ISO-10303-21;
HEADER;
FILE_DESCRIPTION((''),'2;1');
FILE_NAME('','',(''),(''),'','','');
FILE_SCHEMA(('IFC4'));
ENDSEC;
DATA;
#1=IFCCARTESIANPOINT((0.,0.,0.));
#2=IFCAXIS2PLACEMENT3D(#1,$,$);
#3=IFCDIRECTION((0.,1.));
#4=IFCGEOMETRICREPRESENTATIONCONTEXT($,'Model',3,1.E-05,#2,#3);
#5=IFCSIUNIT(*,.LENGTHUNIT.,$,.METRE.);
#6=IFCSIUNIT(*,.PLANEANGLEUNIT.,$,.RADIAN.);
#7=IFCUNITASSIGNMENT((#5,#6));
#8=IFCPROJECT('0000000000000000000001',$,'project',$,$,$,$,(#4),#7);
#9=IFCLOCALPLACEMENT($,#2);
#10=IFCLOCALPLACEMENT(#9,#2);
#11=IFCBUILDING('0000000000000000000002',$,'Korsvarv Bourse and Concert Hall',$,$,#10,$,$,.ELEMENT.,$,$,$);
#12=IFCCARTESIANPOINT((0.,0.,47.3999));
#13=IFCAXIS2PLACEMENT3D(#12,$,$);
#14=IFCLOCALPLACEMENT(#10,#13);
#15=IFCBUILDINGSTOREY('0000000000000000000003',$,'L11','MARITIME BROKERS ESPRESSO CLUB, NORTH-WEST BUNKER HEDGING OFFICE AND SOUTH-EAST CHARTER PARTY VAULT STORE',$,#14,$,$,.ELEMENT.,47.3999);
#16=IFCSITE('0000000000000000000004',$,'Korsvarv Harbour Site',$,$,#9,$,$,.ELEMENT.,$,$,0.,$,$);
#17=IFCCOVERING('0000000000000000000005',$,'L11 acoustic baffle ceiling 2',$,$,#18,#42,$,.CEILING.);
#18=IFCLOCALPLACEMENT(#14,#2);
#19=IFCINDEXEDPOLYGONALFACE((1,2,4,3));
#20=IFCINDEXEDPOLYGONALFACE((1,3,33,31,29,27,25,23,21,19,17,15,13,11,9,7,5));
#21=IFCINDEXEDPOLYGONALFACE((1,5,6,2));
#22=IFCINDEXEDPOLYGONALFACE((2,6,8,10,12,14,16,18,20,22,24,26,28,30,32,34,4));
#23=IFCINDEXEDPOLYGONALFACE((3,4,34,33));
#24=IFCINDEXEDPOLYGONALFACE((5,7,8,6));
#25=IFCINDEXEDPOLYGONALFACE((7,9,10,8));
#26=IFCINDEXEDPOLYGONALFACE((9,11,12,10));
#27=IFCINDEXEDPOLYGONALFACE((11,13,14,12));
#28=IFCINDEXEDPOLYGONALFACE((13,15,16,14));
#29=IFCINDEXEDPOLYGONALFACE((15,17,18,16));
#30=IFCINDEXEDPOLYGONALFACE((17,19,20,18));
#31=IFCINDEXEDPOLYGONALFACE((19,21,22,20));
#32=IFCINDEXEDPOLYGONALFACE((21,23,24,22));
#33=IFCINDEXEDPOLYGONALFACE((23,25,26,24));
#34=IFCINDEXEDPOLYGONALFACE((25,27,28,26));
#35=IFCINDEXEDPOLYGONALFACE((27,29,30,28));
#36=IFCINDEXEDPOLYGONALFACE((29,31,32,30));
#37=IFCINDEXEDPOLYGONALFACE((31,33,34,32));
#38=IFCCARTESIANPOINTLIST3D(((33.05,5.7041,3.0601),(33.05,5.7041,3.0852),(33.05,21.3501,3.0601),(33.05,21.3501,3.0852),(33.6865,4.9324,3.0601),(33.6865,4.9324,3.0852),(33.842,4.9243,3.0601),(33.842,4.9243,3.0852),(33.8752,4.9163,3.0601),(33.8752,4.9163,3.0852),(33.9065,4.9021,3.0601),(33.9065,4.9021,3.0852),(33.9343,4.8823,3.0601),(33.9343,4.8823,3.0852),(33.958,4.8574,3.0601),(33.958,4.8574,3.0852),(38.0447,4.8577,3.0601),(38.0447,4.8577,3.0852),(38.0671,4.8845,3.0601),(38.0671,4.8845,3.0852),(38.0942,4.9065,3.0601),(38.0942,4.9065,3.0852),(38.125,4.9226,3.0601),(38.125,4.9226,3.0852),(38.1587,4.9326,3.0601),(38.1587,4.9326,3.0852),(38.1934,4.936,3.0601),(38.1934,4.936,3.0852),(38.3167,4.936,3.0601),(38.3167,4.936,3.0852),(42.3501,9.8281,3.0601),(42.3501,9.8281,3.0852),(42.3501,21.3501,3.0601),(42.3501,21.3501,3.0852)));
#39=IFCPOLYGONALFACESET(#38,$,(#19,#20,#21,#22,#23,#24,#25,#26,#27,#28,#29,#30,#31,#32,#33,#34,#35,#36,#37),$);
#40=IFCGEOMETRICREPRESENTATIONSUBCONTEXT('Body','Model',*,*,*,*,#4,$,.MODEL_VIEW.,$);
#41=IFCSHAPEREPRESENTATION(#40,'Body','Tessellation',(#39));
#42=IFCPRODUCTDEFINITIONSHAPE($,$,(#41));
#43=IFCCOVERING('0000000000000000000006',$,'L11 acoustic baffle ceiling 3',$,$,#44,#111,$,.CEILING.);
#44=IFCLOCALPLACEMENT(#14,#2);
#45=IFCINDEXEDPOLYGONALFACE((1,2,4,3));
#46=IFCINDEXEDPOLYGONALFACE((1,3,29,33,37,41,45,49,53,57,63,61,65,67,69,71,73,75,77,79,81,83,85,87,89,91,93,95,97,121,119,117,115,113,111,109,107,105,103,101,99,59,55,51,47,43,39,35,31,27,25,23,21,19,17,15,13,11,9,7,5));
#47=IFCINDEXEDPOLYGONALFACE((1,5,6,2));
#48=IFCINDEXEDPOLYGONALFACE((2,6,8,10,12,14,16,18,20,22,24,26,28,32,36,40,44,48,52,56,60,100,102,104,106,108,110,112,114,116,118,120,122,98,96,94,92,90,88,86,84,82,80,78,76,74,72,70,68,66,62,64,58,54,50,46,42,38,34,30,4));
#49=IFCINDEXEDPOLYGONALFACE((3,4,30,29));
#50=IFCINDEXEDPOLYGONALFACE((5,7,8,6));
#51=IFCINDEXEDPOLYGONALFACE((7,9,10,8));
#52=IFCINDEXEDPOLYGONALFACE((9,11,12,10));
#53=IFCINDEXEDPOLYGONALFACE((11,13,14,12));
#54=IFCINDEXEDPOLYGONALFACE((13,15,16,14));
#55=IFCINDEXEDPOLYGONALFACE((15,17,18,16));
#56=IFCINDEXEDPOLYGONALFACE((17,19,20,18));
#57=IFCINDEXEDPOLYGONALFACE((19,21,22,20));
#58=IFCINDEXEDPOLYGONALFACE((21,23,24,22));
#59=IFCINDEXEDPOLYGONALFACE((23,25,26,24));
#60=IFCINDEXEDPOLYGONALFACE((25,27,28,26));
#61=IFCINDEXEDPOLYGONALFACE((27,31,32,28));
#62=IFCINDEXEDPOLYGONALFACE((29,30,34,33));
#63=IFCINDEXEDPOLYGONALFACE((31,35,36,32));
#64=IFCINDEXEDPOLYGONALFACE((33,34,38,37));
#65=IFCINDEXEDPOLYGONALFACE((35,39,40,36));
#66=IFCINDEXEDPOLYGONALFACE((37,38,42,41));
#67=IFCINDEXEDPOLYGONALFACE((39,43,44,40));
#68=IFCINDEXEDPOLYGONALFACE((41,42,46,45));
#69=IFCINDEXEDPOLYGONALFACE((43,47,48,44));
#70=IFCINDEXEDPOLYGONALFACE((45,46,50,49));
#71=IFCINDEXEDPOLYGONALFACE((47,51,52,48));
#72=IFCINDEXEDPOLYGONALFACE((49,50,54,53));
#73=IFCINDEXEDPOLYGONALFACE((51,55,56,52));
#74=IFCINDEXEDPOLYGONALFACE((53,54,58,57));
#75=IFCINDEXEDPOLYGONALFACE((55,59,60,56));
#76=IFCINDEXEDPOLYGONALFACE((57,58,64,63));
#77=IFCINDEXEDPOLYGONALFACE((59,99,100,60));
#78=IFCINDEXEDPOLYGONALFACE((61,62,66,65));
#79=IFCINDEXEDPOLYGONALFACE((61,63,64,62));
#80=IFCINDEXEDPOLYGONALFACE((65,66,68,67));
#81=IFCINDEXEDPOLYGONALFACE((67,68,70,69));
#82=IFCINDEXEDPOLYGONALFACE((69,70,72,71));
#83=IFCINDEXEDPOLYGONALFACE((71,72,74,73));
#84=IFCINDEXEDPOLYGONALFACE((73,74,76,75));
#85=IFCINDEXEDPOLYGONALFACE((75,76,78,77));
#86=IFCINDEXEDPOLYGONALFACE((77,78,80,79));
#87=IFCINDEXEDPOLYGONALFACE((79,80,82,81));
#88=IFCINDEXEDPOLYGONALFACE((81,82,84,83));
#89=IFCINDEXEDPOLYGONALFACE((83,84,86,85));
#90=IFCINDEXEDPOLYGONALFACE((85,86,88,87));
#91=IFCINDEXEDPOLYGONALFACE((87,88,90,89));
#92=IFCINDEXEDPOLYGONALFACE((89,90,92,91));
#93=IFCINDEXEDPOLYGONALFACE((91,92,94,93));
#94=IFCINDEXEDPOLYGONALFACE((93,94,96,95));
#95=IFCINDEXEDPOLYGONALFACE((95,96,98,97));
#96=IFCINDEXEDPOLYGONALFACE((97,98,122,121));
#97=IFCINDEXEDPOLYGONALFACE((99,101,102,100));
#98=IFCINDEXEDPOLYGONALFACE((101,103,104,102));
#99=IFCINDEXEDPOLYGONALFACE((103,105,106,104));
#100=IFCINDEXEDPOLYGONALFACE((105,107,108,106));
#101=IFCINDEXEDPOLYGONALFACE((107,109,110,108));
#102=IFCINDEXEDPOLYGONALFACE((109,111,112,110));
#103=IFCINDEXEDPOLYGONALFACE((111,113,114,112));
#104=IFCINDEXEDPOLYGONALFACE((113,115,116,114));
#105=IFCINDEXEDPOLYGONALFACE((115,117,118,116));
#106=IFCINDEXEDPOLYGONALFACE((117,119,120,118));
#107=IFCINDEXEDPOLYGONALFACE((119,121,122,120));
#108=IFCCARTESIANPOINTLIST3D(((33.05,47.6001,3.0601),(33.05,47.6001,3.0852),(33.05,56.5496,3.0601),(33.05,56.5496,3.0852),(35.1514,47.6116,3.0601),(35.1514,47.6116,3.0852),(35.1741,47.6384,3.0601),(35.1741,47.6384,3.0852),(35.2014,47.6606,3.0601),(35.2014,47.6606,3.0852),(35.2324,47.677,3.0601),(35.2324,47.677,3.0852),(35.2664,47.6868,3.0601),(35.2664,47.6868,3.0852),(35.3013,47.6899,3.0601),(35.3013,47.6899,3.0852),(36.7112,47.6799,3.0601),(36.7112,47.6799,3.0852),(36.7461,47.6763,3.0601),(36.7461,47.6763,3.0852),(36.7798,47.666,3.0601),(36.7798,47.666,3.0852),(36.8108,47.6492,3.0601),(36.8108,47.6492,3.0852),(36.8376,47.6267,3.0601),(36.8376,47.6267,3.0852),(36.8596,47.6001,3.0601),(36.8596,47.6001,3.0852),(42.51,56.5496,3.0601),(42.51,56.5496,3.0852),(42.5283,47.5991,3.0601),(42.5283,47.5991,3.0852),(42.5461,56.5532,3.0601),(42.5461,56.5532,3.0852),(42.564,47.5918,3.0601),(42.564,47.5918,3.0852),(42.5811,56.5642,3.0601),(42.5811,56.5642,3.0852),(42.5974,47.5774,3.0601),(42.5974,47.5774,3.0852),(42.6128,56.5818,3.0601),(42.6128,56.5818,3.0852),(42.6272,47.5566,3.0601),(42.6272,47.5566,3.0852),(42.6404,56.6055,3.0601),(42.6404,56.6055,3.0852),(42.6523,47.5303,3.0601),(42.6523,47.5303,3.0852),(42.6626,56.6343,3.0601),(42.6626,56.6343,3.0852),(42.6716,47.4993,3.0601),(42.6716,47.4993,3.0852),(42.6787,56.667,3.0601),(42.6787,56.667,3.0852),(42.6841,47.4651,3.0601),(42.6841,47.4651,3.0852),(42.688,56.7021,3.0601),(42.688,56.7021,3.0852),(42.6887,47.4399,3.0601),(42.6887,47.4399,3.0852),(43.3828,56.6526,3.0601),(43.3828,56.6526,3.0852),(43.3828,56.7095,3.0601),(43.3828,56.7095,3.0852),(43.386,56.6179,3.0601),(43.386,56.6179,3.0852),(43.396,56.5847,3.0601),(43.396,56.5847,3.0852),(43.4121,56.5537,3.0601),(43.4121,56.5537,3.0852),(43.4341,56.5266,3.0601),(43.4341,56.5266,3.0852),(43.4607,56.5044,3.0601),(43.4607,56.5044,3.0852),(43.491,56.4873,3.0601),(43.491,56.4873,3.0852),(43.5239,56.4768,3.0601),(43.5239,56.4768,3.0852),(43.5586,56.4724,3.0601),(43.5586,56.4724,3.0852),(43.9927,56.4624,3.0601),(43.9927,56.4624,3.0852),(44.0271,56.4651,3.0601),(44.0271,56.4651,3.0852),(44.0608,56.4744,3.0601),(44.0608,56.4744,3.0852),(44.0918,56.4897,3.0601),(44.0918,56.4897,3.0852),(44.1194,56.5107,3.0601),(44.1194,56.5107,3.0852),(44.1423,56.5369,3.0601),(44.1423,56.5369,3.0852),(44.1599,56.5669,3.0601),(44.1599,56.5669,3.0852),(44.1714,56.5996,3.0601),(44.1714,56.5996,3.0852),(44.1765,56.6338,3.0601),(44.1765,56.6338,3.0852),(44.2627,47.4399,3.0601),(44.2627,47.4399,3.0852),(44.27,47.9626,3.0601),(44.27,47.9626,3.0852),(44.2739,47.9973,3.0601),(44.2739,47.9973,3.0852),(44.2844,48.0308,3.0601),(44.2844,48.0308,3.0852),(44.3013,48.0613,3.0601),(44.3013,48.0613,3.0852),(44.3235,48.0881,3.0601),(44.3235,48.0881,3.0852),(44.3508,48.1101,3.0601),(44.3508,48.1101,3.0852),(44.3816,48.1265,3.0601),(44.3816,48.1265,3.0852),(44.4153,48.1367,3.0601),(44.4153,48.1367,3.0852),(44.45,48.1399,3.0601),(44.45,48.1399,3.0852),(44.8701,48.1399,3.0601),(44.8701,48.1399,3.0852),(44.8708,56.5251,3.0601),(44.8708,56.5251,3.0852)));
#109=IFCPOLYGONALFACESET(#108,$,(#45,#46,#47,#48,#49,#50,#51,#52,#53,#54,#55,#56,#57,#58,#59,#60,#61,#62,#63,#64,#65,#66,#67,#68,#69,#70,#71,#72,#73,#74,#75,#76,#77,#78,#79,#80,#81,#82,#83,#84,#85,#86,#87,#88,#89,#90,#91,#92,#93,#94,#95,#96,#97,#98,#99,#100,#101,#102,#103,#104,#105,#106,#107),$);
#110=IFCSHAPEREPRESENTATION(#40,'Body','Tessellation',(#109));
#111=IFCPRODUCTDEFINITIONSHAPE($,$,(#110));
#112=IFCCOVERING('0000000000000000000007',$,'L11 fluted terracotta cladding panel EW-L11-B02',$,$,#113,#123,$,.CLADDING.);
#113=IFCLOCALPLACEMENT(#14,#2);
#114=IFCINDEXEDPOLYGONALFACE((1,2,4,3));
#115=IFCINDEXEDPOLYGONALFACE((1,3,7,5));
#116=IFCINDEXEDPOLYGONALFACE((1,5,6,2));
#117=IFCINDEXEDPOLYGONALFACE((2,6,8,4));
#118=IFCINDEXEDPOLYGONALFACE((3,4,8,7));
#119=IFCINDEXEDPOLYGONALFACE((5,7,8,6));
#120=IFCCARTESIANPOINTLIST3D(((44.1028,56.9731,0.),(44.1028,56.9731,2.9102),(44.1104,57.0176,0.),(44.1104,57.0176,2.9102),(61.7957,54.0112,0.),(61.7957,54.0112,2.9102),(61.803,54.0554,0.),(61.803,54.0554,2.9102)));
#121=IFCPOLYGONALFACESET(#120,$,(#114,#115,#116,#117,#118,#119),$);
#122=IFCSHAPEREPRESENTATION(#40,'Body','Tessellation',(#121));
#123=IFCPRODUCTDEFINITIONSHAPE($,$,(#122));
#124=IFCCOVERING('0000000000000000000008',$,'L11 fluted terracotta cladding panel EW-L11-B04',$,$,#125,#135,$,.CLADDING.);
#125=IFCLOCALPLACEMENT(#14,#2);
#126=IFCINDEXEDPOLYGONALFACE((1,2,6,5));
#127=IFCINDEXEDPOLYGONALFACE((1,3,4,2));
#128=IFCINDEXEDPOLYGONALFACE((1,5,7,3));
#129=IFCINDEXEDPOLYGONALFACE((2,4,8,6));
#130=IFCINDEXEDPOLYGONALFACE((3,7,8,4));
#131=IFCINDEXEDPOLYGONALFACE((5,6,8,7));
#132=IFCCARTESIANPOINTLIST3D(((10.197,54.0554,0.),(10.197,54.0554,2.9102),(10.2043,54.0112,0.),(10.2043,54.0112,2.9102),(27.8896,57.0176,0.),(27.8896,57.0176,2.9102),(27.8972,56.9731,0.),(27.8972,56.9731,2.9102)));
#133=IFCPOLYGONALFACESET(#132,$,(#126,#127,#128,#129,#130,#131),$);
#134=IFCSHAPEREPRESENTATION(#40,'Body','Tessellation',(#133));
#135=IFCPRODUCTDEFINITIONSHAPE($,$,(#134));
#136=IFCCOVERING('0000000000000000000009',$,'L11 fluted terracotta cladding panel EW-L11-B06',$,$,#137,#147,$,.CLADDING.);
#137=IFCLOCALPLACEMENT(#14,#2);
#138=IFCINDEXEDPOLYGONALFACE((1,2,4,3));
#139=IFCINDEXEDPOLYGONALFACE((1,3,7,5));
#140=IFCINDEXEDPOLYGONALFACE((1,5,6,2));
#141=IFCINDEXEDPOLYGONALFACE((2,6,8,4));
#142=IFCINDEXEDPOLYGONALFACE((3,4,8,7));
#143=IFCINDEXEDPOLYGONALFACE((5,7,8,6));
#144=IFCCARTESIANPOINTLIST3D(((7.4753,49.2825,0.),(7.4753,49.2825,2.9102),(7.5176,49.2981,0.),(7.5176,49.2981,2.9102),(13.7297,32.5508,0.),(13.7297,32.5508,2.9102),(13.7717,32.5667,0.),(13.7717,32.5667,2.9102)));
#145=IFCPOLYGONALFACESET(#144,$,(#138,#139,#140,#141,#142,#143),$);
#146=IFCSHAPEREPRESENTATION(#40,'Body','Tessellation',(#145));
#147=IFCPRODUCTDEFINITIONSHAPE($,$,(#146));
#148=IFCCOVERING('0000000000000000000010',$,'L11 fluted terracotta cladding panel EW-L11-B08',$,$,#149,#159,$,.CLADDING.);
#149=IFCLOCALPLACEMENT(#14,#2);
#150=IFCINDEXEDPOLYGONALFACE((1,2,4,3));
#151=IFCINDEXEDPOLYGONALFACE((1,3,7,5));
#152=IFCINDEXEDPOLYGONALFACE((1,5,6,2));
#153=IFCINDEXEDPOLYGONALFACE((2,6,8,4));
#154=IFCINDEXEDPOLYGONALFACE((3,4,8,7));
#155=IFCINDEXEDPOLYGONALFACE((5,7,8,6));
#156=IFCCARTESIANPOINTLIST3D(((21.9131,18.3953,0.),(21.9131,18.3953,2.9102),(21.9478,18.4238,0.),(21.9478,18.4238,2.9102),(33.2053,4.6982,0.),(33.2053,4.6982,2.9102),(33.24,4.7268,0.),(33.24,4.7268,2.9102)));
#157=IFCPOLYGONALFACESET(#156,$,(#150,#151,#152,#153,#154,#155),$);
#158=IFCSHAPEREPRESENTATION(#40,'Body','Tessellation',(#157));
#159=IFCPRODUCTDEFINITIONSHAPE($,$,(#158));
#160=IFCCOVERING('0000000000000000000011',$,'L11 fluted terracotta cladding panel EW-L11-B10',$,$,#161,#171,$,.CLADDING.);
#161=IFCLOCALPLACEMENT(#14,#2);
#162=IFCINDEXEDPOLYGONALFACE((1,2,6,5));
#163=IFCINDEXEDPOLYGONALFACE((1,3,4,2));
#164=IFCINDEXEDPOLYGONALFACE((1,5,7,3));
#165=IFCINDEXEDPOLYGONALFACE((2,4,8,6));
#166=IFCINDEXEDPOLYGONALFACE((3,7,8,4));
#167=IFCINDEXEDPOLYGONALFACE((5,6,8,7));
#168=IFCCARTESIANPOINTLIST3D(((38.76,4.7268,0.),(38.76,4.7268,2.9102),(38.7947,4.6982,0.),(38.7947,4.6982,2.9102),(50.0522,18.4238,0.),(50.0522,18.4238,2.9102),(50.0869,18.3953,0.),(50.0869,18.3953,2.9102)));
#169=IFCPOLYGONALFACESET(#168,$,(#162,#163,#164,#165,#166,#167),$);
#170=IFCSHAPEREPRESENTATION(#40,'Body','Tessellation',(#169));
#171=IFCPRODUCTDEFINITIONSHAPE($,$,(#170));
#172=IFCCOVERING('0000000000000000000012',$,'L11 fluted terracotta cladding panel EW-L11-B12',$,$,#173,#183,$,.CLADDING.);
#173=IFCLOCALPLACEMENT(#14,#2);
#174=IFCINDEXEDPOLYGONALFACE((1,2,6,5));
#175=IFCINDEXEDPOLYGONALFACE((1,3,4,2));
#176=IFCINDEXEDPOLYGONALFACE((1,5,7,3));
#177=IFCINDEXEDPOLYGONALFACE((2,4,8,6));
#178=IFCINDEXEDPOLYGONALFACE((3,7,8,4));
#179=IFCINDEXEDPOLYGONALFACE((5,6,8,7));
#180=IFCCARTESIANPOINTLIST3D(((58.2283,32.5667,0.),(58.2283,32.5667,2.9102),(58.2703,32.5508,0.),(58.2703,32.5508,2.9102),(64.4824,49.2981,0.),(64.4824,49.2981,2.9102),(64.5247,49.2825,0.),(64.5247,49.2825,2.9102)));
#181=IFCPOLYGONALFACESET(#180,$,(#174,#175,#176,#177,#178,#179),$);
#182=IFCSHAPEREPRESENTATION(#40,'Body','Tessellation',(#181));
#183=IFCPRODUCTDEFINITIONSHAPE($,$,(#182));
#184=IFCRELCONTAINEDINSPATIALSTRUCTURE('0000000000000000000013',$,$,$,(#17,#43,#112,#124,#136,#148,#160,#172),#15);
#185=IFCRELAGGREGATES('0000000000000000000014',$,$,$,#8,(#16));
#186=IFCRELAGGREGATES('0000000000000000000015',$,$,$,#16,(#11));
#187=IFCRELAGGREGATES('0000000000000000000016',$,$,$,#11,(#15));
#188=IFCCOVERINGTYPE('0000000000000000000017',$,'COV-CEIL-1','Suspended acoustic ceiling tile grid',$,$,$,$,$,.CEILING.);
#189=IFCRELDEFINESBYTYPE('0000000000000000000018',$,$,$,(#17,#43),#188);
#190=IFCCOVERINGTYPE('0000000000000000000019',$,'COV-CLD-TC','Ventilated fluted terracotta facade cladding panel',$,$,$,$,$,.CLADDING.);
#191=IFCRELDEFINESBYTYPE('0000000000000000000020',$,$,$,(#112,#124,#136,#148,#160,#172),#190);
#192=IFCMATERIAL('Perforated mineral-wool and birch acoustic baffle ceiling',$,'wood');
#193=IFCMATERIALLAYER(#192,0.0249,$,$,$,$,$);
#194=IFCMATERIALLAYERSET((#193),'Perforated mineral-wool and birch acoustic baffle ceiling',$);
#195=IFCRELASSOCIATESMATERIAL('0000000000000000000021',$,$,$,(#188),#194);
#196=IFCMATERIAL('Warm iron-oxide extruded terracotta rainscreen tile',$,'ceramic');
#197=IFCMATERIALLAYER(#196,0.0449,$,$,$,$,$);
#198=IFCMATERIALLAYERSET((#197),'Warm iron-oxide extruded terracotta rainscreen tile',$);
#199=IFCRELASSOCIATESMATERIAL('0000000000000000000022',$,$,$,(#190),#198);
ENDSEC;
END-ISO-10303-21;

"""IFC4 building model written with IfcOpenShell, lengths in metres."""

from ifc_helpers import new_model, si_unit, direction, frame, origin, place, context, subcontext, project, spatial, polyline, outline, extrude, material, layer, layer_set, type_object, element, save


model = new_model("IFC4")

# Units and contexts
model_context = context("Model", 3, precision=1e-05, world=origin(), true_north=direction((0.0, 1.0)))
body_context = subcontext(model_context, "Body", "Model", "MODEL_VIEW")
ifc_project = project(units=[si_unit("LENGTHUNIT", "METRE"), si_unit("PLANEANGLEUNIT", "RADIAN")], contexts=[model_context])

# Site, building, storey
site_placement = place(None, origin())
site = spatial("IfcSite", under=ifc_project, at=site_placement, Name="Korsvarv Harbour Site", CompositionType="ELEMENT", RefElevation=0.0)
building_placement = place(site_placement, origin())
building = spatial("IfcBuilding", under=site, at=building_placement, Name="Korsvarv Bourse and Concert Hall", CompositionType="ELEMENT")
storey_placement = place(building_placement, frame((0.0, 0.0, 47.3999)))
storey = spatial("IfcBuildingStorey", under=building, at=storey_placement, Name="L11", Description="MARITIME BROKERS ESPRESSO CLUB, NORTH-WEST BUNKER HEDGING OFFICE AND SOUTH-EAST CHARTER PARTY VAULT STORE", CompositionType="ELEMENT", Elevation=47.3999)

# Coverings
ifc_material_1 = material(Name="Perforated mineral-wool and birch acoustic baffle ceiling", Category="wood")
ifc_layer_1 = layer(ifc_material_1, 0.0249)
ifc_layer_set_1 = layer_set([ifc_layer_1], Name="Perforated mineral-wool and birch acoustic baffle ceiling")
covering_type_1 = type_object("IfcCoveringType", Name="COV-CEIL-1", Description="Suspended acoustic ceiling tile grid", PredefinedType="CEILING", material=ifc_layer_set_1)
covering_1_placement = place(storey_placement, frame((0.0, 0.0, 3.0601)))
element("IfcCovering", 1, at=covering_1_placement, inside=storey, type_object=covering_type_1, Name="L11 acoustic baffle ceiling 2", PredefinedType="CEILING", context=body_context, shape_type="SweptSolid", body=[
    extrude(outline(polyline([(33.958, 4.8574), (33.9343, 4.8823), (33.9065, 4.9021), (33.8752, 4.9163), (33.842, 4.9243), (33.6865, 4.9324), (33.05, 5.7041), (33.05, 21.3501), (42.3501, 21.3501), (42.3501, 9.8281), (38.3167, 4.936), (38.1934, 4.936), (38.1587, 4.9326), (38.125, 4.9226), (38.0942, 4.9065), (38.0671, 4.8845), (38.0447, 4.8577), (33.958, 4.8574)])), origin(), (0.0, 0.0, 1.0), 0.0251),
])
covering_2_placement = place(storey_placement, frame((0.0, 0.0, 3.0601)))
element("IfcCovering", 2, at=covering_2_placement, inside=storey, type_object=covering_type_1, Name="L11 acoustic baffle ceiling 3", PredefinedType="CEILING", context=body_context, shape_type="SweptSolid", body=[
    extrude(outline(polyline([(33.05, 47.6001), (33.05, 56.5496), (42.51, 56.5496), (42.5461, 56.5532), (42.5811, 56.5642), (42.6128, 56.5818), (42.6404, 56.6055), (42.6626, 56.6343), (42.6787, 56.667), (42.688, 56.7021), (43.3828, 56.7095), (43.3828, 56.6526), (43.386, 56.6179), (43.396, 56.5847), (43.4121, 56.5537), (43.4341, 56.5266), (43.4607, 56.5044), (43.491, 56.4873), (43.5239, 56.4768), (43.5586, 56.4724), (43.9927, 56.4624), (44.0271, 56.4651), (44.0608, 56.4744), (44.0918, 56.4897), (44.1194, 56.5107), (44.1423, 56.5369), (44.1599, 56.5669), (44.1714, 56.5996), (44.1765, 56.6338), (44.8708, 56.5251), (44.8701, 48.1399), (44.45, 48.1399), (44.4153, 48.1367), (44.3816, 48.1265), (44.3508, 48.1101), (44.3235, 48.0881), (44.3013, 48.0613), (44.2844, 48.0308), (44.2739, 47.9973), (44.27, 47.9626), (44.2627, 47.4399), (42.6887, 47.4399), (42.6841, 47.4651), (42.6716, 47.4993), (42.6523, 47.5303), (42.6272, 47.5566), (42.5974, 47.5774), (42.564, 47.5918), (42.5283, 47.5991), (36.8596, 47.6001), (36.8376, 47.6267), (36.8108, 47.6492), (36.7798, 47.666), (36.7461, 47.6763), (36.7112, 47.6799), (35.3013, 47.6899), (35.2664, 47.6868), (35.2324, 47.677), (35.2014, 47.6606), (35.1741, 47.6384), (35.1514, 47.6116), (33.05, 47.6001)])), origin(), (0.0, 0.0, 1.0), 0.0251),
])
ifc_material_2 = material(Name="Warm iron-oxide extruded terracotta rainscreen tile", Category="ceramic")
ifc_layer_2 = layer(ifc_material_2, 0.0449)
ifc_layer_set_2 = layer_set([ifc_layer_2], Name="Warm iron-oxide extruded terracotta rainscreen tile")
covering_type_2 = type_object("IfcCoveringType", Name="COV-CLD-TC", Description="Ventilated fluted terracotta facade cladding panel", PredefinedType="CLADDING", material=ifc_layer_set_2)
covering_3_placement = place(storey_placement, origin())
element("IfcCovering", 3, at=covering_3_placement, inside=storey, type_object=covering_type_2, Name="L11 fluted terracotta cladding panel EW-L11-B02", PredefinedType="CLADDING", context=body_context, shape_type="SweptSolid", body=[
    extrude(outline(polyline([(61.7957, 54.0112), (44.1028, 56.9731), (44.1104, 57.0176), (61.803, 54.0554), (61.7957, 54.0112)])), origin(), (0.0, 0.0, 1.0), 2.9102),
])
covering_4_placement = place(storey_placement, origin())
element("IfcCovering", 4, at=covering_4_placement, inside=storey, type_object=covering_type_2, Name="L11 fluted terracotta cladding panel EW-L11-B04", PredefinedType="CLADDING", context=body_context, shape_type="SweptSolid", body=[
    extrude(outline(polyline([(27.8972, 56.9731), (10.2043, 54.0112), (10.197, 54.0554), (27.8896, 57.0176), (27.8972, 56.9731)])), origin(), (0.0, 0.0, 1.0), 2.9102),
])
covering_5_placement = place(storey_placement, origin())
element("IfcCovering", 5, at=covering_5_placement, inside=storey, type_object=covering_type_2, Name="L11 fluted terracotta cladding panel EW-L11-B06", PredefinedType="CLADDING", context=body_context, shape_type="SweptSolid", body=[
    extrude(outline(polyline([(7.5176, 49.2981), (13.7717, 32.5667), (13.7297, 32.5508), (7.4753, 49.2825), (7.5176, 49.2981)])), origin(), (0.0, 0.0, 1.0), 2.9102),
])
covering_6_placement = place(storey_placement, origin())
element("IfcCovering", 6, at=covering_6_placement, inside=storey, type_object=covering_type_2, Name="L11 fluted terracotta cladding panel EW-L11-B08", PredefinedType="CLADDING", context=body_context, shape_type="SweptSolid", body=[
    extrude(outline(polyline([(21.9478, 18.4238), (33.24, 4.7268), (33.2053, 4.6982), (21.9131, 18.3953), (21.9478, 18.4238)])), origin(), (0.0, 0.0, 1.0), 2.9102),
])
covering_7_placement = place(storey_placement, origin())
element("IfcCovering", 7, at=covering_7_placement, inside=storey, type_object=covering_type_2, Name="L11 fluted terracotta cladding panel EW-L11-B10", PredefinedType="CLADDING", context=body_context, shape_type="SweptSolid", body=[
    extrude(outline(polyline([(38.76, 4.7268), (50.0522, 18.4238), (50.0869, 18.3953), (38.7947, 4.6982), (38.76, 4.7268)])), origin(), (0.0, 0.0, 1.0), 2.9102),
])
covering_8_placement = place(storey_placement, origin())
element("IfcCovering", 8, at=covering_8_placement, inside=storey, type_object=covering_type_2, Name="L11 fluted terracotta cladding panel EW-L11-B12", PredefinedType="CLADDING", context=body_context, shape_type="SweptSolid", body=[
    extrude(outline(polyline([(58.2283, 32.5667), (64.4824, 49.2981), (64.5247, 49.2825), (58.2703, 32.5508), (58.2283, 32.5667)])), origin(), (0.0, 0.0, 1.0), 2.9102),
])

save(model, "model.ifc")
